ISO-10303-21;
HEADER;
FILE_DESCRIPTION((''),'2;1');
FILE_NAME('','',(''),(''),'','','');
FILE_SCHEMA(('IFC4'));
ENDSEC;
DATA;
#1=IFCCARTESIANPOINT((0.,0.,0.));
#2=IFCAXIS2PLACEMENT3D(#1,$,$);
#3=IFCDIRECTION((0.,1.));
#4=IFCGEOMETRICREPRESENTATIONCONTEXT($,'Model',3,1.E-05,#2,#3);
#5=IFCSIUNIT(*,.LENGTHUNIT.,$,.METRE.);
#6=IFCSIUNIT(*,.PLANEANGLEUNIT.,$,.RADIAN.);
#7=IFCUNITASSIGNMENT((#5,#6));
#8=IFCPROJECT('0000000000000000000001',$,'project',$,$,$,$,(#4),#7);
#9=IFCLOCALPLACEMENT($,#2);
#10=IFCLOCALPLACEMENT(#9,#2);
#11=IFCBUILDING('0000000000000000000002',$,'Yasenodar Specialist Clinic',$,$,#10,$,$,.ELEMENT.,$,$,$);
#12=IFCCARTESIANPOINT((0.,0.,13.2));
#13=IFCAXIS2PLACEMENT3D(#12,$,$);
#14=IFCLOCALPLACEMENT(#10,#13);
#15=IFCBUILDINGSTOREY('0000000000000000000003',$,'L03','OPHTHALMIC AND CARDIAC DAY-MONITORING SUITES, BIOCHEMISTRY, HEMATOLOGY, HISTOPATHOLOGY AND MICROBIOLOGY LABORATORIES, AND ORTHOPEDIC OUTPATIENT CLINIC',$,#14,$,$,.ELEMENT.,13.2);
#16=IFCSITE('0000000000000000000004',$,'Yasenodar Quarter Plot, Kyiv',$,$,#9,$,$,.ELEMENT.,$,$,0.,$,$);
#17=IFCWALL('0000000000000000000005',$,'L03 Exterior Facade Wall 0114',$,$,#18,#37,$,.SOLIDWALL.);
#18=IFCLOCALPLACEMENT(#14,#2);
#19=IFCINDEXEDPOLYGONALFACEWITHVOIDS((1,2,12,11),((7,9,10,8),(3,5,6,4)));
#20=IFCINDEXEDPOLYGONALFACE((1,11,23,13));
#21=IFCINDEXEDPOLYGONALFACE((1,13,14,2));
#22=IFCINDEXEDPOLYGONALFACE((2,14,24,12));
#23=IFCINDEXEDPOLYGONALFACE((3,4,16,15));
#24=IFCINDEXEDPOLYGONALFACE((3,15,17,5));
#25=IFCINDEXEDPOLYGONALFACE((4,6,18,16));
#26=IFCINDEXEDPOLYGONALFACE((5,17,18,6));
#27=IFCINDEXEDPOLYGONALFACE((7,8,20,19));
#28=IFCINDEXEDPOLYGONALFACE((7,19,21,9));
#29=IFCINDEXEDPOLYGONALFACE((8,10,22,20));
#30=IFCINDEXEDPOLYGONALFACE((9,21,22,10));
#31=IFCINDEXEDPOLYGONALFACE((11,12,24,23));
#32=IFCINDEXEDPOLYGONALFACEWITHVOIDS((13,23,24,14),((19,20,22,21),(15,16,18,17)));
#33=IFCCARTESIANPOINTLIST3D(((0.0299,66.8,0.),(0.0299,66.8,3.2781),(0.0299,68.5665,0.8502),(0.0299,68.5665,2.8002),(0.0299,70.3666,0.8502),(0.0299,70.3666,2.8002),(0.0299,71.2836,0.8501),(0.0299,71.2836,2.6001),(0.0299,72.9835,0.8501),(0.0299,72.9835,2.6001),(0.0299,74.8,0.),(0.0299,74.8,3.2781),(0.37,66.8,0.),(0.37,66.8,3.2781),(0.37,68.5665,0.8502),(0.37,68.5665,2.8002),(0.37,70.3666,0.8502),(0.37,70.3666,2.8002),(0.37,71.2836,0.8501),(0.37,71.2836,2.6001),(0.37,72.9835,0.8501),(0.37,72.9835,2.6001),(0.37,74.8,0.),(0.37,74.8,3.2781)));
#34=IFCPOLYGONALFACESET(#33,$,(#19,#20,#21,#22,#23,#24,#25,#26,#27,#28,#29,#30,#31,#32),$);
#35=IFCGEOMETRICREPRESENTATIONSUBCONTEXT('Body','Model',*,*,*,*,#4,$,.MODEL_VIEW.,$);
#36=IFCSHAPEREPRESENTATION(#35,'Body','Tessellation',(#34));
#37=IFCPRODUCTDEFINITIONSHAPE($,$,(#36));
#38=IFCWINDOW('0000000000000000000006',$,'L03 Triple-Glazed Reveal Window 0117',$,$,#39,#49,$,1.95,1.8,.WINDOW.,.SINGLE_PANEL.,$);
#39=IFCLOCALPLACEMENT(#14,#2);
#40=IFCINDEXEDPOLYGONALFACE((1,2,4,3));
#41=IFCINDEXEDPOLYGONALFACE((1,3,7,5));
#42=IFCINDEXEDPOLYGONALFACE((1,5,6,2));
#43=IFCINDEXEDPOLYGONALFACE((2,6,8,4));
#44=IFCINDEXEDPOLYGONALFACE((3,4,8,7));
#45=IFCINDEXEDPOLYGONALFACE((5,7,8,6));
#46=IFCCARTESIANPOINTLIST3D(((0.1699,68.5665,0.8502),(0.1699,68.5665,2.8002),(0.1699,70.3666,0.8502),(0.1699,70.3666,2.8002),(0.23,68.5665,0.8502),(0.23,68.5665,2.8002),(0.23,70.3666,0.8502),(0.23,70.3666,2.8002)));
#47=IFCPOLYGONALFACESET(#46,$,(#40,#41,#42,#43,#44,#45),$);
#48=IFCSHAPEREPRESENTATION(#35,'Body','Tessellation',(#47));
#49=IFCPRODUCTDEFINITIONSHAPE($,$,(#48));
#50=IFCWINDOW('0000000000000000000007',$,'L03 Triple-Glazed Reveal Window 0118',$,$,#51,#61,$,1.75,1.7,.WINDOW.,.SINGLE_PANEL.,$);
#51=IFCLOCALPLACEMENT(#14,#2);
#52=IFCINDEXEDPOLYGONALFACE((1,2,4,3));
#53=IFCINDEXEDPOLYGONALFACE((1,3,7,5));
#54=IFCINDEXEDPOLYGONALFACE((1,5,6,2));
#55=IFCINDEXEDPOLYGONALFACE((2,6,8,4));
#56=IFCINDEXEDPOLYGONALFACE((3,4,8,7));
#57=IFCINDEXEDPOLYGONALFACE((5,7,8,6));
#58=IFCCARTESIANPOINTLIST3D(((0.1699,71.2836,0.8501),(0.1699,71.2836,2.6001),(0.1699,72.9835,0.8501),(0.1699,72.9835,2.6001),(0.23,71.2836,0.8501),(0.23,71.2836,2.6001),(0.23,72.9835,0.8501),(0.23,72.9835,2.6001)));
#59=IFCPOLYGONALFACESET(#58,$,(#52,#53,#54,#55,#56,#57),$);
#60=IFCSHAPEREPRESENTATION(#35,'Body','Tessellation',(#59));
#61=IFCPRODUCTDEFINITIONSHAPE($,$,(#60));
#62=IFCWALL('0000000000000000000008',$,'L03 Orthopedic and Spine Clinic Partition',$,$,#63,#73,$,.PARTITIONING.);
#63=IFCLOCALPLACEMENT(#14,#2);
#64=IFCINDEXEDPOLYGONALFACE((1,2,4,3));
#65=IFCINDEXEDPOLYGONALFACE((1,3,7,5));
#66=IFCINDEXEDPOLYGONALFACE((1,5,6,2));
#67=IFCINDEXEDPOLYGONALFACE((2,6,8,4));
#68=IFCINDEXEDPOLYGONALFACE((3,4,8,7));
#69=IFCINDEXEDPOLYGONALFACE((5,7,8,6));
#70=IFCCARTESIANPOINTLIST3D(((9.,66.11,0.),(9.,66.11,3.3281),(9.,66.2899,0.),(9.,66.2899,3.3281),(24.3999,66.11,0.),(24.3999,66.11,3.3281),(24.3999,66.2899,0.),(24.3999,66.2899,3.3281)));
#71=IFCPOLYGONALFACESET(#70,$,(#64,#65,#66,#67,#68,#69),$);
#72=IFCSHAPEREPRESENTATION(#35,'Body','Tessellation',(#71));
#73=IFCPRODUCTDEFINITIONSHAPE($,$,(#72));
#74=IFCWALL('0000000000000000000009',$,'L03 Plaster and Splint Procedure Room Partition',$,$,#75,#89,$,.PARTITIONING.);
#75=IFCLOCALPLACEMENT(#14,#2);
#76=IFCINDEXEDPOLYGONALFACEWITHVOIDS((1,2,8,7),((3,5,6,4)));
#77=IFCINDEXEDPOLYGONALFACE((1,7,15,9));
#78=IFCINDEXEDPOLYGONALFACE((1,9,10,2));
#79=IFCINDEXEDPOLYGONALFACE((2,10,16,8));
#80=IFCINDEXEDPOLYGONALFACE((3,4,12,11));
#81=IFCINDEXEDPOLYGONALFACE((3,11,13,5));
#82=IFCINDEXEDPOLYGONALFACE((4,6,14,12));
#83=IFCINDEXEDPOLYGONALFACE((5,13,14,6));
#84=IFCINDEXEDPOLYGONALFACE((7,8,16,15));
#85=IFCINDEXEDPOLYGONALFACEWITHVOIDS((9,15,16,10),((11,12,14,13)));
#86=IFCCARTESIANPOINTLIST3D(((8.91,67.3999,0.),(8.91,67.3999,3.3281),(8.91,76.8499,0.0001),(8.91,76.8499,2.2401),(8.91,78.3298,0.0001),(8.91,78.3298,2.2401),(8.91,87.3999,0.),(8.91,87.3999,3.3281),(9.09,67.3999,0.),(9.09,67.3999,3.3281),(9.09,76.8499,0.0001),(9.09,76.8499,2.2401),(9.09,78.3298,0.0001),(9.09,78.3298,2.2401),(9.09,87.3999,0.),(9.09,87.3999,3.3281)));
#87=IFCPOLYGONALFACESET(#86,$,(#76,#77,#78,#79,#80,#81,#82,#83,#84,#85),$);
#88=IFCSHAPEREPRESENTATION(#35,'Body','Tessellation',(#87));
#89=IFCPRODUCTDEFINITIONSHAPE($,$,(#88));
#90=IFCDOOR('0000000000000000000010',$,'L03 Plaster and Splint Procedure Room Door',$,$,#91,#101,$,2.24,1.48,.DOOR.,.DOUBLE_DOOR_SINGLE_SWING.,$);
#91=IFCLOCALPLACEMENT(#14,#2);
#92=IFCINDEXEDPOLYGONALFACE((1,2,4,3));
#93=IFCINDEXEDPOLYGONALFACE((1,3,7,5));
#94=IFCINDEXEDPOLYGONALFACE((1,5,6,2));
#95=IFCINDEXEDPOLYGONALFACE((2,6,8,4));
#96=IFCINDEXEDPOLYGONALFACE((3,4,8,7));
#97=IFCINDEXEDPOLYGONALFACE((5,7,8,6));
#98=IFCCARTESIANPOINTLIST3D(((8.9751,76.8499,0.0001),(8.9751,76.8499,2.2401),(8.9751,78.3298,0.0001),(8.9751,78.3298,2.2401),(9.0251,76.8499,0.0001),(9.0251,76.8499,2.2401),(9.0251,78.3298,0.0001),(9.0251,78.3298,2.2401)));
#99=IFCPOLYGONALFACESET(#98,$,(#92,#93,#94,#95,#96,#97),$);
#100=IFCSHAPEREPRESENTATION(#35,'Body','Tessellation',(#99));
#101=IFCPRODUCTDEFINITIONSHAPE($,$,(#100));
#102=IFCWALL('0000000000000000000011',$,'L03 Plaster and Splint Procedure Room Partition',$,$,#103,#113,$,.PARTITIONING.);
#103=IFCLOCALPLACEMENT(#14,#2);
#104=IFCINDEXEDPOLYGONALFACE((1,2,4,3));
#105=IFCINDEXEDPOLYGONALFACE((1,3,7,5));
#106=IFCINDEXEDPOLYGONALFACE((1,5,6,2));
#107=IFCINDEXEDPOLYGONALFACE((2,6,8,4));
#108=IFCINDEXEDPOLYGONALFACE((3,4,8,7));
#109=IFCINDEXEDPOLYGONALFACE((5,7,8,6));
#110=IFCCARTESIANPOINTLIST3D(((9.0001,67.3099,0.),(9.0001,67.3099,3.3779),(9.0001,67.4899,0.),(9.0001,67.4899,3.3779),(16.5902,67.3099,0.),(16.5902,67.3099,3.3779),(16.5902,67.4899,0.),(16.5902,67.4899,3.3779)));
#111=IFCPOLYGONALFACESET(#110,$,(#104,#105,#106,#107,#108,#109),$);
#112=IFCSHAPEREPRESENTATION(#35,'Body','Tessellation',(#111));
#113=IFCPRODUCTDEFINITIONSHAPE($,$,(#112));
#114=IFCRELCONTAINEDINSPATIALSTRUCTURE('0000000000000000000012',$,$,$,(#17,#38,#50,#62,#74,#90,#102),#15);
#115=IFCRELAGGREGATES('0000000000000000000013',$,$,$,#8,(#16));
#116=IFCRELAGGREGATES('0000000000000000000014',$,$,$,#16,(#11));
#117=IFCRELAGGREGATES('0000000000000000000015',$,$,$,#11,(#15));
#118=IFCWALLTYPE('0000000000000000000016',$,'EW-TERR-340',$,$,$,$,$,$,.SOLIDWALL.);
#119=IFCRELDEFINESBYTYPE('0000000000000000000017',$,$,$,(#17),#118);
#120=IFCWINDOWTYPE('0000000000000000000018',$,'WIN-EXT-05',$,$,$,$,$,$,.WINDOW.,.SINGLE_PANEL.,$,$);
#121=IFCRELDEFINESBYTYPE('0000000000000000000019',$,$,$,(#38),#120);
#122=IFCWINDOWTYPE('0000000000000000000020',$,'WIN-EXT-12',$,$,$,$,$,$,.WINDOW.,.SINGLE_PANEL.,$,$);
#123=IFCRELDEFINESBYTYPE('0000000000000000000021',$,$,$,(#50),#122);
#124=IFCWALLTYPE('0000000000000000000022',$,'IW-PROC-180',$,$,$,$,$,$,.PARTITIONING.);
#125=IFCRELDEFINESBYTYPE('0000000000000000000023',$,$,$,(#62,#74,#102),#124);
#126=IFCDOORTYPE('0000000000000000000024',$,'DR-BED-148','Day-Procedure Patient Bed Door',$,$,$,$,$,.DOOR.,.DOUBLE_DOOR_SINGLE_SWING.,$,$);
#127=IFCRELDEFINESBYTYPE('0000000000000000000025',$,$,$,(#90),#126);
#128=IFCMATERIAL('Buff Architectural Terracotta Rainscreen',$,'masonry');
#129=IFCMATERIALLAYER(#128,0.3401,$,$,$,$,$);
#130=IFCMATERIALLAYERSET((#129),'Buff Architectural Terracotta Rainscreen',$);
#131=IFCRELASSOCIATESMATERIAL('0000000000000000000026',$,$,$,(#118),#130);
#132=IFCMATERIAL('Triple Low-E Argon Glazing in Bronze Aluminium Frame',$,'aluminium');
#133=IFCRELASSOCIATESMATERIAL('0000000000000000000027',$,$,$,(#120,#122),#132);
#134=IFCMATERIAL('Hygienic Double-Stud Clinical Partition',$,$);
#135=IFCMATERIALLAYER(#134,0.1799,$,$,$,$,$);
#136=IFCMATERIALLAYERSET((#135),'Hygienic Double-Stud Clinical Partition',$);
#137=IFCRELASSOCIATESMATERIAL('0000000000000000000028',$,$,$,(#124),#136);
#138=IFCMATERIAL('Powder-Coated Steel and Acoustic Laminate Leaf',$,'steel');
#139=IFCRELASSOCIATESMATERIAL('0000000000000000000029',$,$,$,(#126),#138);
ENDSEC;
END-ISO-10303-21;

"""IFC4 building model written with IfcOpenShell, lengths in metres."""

from ifc_helpers import new_model, si_unit, direction, frame, frame_2d, origin, place, context, subcontext, project, spatial, rectangle, extrude, material, layer, layer_set, type_object, element, fill, save


model = new_model("IFC4")

# Units and contexts
model_context = context("Model", 3, precision=1e-05, world=origin(), true_north=direction((0.0, 1.0)))
body_context = subcontext(model_context, "Body", "Model", "MODEL_VIEW")
ifc_project = project(units=[si_unit("LENGTHUNIT", "METRE"), si_unit("PLANEANGLEUNIT", "RADIAN")], contexts=[model_context])

# Site, building, storey
site_placement = place(None, origin())
site = spatial("IfcSite", under=ifc_project, at=site_placement, Name="Yasenodar Quarter Plot, Kyiv", CompositionType="ELEMENT", RefElevation=0.0)
building_placement = place(site_placement, origin())
building = spatial("IfcBuilding", under=site, at=building_placement, Name="Yasenodar Specialist Clinic", CompositionType="ELEMENT")
storey_placement = place(building_placement, frame((0.0, 0.0, 13.2)))
storey = spatial("IfcBuildingStorey", under=building, at=storey_placement, Name="L03", Description="OPHTHALMIC AND CARDIAC DAY-MONITORING SUITES, BIOCHEMISTRY, HEMATOLOGY, HISTOPATHOLOGY AND MICROBIOLOGY LABORATORIES, AND ORTHOPEDIC OUTPATIENT CLINIC", CompositionType="ELEMENT", Elevation=13.2)

# Wall, openings, windows
ifc_material_1 = material(Name="Buff Architectural Terracotta Rainscreen", Category="masonry")
ifc_layer_1 = layer(ifc_material_1, 0.3401)
ifc_layer_set_1 = layer_set([ifc_layer_1], Name="Buff Architectural Terracotta Rainscreen")
wall_type_1 = type_object("IfcWallType", Name="EW-TERR-340", PredefinedType="SOLIDWALL", material=ifc_layer_set_1)
wall_1_placement = place(storey_placement, frame((0.2, 66.8, 0.0), z_axis=(0.0, 0.0, 1.0), x_axis=(0.0, 1.0, 0.0)))
wall_1 = element("IfcWall", 1, at=wall_1_placement, inside=storey, type_object=wall_type_1, Name="L03 Exterior Facade Wall 0114", PredefinedType="SOLIDWALL", context=body_context, shape_type="SweptSolid", body=[
    extrude(rectangle(XDim=8.0, YDim=0.3401, at=frame_2d((4.0, 0.0))), origin(), (0.0, 0.0, 1.0), 3.2781),
])
opening_1_placement = place(wall_1_placement, frame((1.7666, 0.0, 0.8501)))
opening_1 = element("IfcOpeningElement", 2, at=opening_1_placement, cuts=wall_1, PredefinedType="OPENING", context=body_context, shape_type="SweptSolid", body=[
    extrude(rectangle(XDim=1.8, YDim=1.95, at=frame_2d((0.8999, 0.9751))), frame((0.0, 0.1802, 0.0), z_axis=(0.0, -1.0, 0.0), x_axis=(1.0, 0.0, 0.0)), (0.0, 0.0, 1.0), 0.3601),
])
opening_2_placement = place(wall_1_placement, frame((4.4834, 0.0, 0.8501)))
opening_2 = element("IfcOpeningElement", 3, at=opening_2_placement, cuts=wall_1, PredefinedType="OPENING", context=body_context, shape_type="SweptSolid", body=[
    extrude(rectangle(XDim=1.7, YDim=1.75, at=frame_2d((0.8501, 0.875))), frame((0.0, 0.1802, 0.0), z_axis=(0.0, -1.0, 0.0), x_axis=(1.0, 0.0, 0.0)), (0.0, 0.0, 1.0), 0.3601),
])
ifc_material_2 = material(Name="Triple Low-E Argon Glazing in Bronze Aluminium Frame", Category="aluminium")
window_type_1 = type_object("IfcWindowType", Name="WIN-EXT-05", PartitioningType="SINGLE_PANEL", PredefinedType="WINDOW", material=ifc_material_2)
window_1_placement = place(opening_1_placement, origin())
window_1 = element("IfcWindow", 4, at=window_1_placement, inside=storey, type_object=window_type_1, Name="L03 Triple-Glazed Reveal Window 0117", OverallHeight=1.95, OverallWidth=1.8, PartitioningType="SINGLE_PANEL", PredefinedType="WINDOW", context=body_context, shape_type="SweptSolid", body=[
    extrude(rectangle(XDim=1.8, YDim=1.95, at=frame_2d((0.8999, 0.9751))), frame((0.0, 0.03, 0.0), z_axis=(0.0, -1.0, 0.0), x_axis=(1.0, 0.0, 0.0)), (0.0, 0.0, 1.0), 0.0601),
])
fill(opening_1, window_1)
window_type_2 = type_object("IfcWindowType", Name="WIN-EXT-12", PartitioningType="SINGLE_PANEL", PredefinedType="WINDOW", material=ifc_material_2)
window_2_placement = place(opening_2_placement, origin())
window_2 = element("IfcWindow", 5, at=window_2_placement, inside=storey, type_object=window_type_2, Name="L03 Triple-Glazed Reveal Window 0118", OverallHeight=1.75, OverallWidth=1.7, PartitioningType="SINGLE_PANEL", PredefinedType="WINDOW", context=body_context, shape_type="SweptSolid", body=[
    extrude(rectangle(XDim=1.7, YDim=1.75, at=frame_2d((0.8501, 0.875))), frame((0.0, 0.03, 0.0), z_axis=(0.0, -1.0, 0.0), x_axis=(1.0, 0.0, 0.0)), (0.0, 0.0, 1.0), 0.0601),
])
fill(opening_2, window_2)

# Wall
ifc_material_3 = material(Name="Hygienic Double-Stud Clinical Partition")
ifc_layer_2 = layer(ifc_material_3, 0.1799)
ifc_layer_set_2 = layer_set([ifc_layer_2], Name="Hygienic Double-Stud Clinical Partition")
wall_type_2 = type_object("IfcWallType", Name="IW-PROC-180", PredefinedType="PARTITIONING", material=ifc_layer_set_2)
wall_2_placement = place(storey_placement, frame((9.0, 66.2, 0.0), z_axis=(0.0, 0.0, 1.0), x_axis=(1.0, 0.0, 0.0)))
element("IfcWall", 6, at=wall_2_placement, inside=storey, type_object=wall_type_2, Name="L03 Orthopedic and Spine Clinic Partition", PredefinedType="PARTITIONING", context=body_context, shape_type="SweptSolid", body=[
    extrude(rectangle(XDim=15.3999, YDim=0.1799, at=frame_2d((7.7, 0.0))), origin(), (0.0, 0.0, 1.0), 3.3281),
])

# Wall, opening, door
wall_3_placement = place(storey_placement, frame((9.0, 67.3999, 0.0), z_axis=(0.0, 0.0, 1.0), x_axis=(0.0, 1.0, 0.0)))
wall_3 = element("IfcWall", 7, at=wall_3_placement, inside=storey, type_object=wall_type_2, Name="L03 Plaster and Splint Procedure Room Partition", PredefinedType="PARTITIONING", context=body_context, shape_type="SweptSolid", body=[
    extrude(rectangle(XDim=20.0, YDim=0.1799, at=frame_2d((10.0, 0.0))), origin(), (0.0, 0.0, 1.0), 3.3281),
])
opening_3_placement = place(wall_3_placement, frame((9.45, 0.0, 0.0)))
opening_3 = element("IfcOpeningElement", 8, at=opening_3_placement, cuts=wall_3, PredefinedType="OPENING", context=body_context, shape_type="SweptSolid", body=[
    extrude(rectangle(XDim=1.48, YDim=2.24, at=frame_2d((0.74, 1.1201))), frame((0.0, 0.1001, 0.0), z_axis=(0.0, -1.0, 0.0), x_axis=(1.0, 0.0, 0.0)), (0.0, 0.0, 1.0), 0.2),
])
ifc_material_4 = material(Name="Powder-Coated Steel and Acoustic Laminate Leaf", Category="steel")
door_type = type_object("IfcDoorType", Name="DR-BED-148", Description="Day-Procedure Patient Bed Door", OperationType="DOUBLE_DOOR_SINGLE_SWING", PredefinedType="DOOR", material=ifc_material_4)
door_placement = place(opening_3_placement, origin())
door = element("IfcDoor", 9, at=door_placement, inside=storey, type_object=door_type, Name="L03 Plaster and Splint Procedure Room Door", OperationType="DOUBLE_DOOR_SINGLE_SWING", OverallHeight=2.24, OverallWidth=1.48, PredefinedType="DOOR", context=body_context, shape_type="SweptSolid", body=[
    extrude(rectangle(XDim=1.48, YDim=2.24, at=frame_2d((0.74, 1.1201))), frame((0.0, 0.0249, 0.0), z_axis=(0.0, -1.0, 0.0), x_axis=(1.0, 0.0, 0.0)), (0.0, 0.0, 1.0), 0.05),
])
fill(opening_3, door)

# Wall
wall_4_placement = place(storey_placement, frame((16.5901, 67.3999, 0.0), z_axis=(0.0, 0.0, 1.0), x_axis=(-1.0, 0.0, 0.0)))
element("IfcWall", 10, at=wall_4_placement, inside=storey, type_object=wall_type_2, Name="L03 Plaster and Splint Procedure Room Partition", PredefinedType="PARTITIONING", context=body_context, shape_type="SweptSolid", body=[
    extrude(rectangle(XDim=7.5901, YDim=0.1799, at=frame_2d((3.7949, 0.0))), origin(), (0.0, 0.0, 1.0), 3.3779),
])

save(model, "model.ifc")
